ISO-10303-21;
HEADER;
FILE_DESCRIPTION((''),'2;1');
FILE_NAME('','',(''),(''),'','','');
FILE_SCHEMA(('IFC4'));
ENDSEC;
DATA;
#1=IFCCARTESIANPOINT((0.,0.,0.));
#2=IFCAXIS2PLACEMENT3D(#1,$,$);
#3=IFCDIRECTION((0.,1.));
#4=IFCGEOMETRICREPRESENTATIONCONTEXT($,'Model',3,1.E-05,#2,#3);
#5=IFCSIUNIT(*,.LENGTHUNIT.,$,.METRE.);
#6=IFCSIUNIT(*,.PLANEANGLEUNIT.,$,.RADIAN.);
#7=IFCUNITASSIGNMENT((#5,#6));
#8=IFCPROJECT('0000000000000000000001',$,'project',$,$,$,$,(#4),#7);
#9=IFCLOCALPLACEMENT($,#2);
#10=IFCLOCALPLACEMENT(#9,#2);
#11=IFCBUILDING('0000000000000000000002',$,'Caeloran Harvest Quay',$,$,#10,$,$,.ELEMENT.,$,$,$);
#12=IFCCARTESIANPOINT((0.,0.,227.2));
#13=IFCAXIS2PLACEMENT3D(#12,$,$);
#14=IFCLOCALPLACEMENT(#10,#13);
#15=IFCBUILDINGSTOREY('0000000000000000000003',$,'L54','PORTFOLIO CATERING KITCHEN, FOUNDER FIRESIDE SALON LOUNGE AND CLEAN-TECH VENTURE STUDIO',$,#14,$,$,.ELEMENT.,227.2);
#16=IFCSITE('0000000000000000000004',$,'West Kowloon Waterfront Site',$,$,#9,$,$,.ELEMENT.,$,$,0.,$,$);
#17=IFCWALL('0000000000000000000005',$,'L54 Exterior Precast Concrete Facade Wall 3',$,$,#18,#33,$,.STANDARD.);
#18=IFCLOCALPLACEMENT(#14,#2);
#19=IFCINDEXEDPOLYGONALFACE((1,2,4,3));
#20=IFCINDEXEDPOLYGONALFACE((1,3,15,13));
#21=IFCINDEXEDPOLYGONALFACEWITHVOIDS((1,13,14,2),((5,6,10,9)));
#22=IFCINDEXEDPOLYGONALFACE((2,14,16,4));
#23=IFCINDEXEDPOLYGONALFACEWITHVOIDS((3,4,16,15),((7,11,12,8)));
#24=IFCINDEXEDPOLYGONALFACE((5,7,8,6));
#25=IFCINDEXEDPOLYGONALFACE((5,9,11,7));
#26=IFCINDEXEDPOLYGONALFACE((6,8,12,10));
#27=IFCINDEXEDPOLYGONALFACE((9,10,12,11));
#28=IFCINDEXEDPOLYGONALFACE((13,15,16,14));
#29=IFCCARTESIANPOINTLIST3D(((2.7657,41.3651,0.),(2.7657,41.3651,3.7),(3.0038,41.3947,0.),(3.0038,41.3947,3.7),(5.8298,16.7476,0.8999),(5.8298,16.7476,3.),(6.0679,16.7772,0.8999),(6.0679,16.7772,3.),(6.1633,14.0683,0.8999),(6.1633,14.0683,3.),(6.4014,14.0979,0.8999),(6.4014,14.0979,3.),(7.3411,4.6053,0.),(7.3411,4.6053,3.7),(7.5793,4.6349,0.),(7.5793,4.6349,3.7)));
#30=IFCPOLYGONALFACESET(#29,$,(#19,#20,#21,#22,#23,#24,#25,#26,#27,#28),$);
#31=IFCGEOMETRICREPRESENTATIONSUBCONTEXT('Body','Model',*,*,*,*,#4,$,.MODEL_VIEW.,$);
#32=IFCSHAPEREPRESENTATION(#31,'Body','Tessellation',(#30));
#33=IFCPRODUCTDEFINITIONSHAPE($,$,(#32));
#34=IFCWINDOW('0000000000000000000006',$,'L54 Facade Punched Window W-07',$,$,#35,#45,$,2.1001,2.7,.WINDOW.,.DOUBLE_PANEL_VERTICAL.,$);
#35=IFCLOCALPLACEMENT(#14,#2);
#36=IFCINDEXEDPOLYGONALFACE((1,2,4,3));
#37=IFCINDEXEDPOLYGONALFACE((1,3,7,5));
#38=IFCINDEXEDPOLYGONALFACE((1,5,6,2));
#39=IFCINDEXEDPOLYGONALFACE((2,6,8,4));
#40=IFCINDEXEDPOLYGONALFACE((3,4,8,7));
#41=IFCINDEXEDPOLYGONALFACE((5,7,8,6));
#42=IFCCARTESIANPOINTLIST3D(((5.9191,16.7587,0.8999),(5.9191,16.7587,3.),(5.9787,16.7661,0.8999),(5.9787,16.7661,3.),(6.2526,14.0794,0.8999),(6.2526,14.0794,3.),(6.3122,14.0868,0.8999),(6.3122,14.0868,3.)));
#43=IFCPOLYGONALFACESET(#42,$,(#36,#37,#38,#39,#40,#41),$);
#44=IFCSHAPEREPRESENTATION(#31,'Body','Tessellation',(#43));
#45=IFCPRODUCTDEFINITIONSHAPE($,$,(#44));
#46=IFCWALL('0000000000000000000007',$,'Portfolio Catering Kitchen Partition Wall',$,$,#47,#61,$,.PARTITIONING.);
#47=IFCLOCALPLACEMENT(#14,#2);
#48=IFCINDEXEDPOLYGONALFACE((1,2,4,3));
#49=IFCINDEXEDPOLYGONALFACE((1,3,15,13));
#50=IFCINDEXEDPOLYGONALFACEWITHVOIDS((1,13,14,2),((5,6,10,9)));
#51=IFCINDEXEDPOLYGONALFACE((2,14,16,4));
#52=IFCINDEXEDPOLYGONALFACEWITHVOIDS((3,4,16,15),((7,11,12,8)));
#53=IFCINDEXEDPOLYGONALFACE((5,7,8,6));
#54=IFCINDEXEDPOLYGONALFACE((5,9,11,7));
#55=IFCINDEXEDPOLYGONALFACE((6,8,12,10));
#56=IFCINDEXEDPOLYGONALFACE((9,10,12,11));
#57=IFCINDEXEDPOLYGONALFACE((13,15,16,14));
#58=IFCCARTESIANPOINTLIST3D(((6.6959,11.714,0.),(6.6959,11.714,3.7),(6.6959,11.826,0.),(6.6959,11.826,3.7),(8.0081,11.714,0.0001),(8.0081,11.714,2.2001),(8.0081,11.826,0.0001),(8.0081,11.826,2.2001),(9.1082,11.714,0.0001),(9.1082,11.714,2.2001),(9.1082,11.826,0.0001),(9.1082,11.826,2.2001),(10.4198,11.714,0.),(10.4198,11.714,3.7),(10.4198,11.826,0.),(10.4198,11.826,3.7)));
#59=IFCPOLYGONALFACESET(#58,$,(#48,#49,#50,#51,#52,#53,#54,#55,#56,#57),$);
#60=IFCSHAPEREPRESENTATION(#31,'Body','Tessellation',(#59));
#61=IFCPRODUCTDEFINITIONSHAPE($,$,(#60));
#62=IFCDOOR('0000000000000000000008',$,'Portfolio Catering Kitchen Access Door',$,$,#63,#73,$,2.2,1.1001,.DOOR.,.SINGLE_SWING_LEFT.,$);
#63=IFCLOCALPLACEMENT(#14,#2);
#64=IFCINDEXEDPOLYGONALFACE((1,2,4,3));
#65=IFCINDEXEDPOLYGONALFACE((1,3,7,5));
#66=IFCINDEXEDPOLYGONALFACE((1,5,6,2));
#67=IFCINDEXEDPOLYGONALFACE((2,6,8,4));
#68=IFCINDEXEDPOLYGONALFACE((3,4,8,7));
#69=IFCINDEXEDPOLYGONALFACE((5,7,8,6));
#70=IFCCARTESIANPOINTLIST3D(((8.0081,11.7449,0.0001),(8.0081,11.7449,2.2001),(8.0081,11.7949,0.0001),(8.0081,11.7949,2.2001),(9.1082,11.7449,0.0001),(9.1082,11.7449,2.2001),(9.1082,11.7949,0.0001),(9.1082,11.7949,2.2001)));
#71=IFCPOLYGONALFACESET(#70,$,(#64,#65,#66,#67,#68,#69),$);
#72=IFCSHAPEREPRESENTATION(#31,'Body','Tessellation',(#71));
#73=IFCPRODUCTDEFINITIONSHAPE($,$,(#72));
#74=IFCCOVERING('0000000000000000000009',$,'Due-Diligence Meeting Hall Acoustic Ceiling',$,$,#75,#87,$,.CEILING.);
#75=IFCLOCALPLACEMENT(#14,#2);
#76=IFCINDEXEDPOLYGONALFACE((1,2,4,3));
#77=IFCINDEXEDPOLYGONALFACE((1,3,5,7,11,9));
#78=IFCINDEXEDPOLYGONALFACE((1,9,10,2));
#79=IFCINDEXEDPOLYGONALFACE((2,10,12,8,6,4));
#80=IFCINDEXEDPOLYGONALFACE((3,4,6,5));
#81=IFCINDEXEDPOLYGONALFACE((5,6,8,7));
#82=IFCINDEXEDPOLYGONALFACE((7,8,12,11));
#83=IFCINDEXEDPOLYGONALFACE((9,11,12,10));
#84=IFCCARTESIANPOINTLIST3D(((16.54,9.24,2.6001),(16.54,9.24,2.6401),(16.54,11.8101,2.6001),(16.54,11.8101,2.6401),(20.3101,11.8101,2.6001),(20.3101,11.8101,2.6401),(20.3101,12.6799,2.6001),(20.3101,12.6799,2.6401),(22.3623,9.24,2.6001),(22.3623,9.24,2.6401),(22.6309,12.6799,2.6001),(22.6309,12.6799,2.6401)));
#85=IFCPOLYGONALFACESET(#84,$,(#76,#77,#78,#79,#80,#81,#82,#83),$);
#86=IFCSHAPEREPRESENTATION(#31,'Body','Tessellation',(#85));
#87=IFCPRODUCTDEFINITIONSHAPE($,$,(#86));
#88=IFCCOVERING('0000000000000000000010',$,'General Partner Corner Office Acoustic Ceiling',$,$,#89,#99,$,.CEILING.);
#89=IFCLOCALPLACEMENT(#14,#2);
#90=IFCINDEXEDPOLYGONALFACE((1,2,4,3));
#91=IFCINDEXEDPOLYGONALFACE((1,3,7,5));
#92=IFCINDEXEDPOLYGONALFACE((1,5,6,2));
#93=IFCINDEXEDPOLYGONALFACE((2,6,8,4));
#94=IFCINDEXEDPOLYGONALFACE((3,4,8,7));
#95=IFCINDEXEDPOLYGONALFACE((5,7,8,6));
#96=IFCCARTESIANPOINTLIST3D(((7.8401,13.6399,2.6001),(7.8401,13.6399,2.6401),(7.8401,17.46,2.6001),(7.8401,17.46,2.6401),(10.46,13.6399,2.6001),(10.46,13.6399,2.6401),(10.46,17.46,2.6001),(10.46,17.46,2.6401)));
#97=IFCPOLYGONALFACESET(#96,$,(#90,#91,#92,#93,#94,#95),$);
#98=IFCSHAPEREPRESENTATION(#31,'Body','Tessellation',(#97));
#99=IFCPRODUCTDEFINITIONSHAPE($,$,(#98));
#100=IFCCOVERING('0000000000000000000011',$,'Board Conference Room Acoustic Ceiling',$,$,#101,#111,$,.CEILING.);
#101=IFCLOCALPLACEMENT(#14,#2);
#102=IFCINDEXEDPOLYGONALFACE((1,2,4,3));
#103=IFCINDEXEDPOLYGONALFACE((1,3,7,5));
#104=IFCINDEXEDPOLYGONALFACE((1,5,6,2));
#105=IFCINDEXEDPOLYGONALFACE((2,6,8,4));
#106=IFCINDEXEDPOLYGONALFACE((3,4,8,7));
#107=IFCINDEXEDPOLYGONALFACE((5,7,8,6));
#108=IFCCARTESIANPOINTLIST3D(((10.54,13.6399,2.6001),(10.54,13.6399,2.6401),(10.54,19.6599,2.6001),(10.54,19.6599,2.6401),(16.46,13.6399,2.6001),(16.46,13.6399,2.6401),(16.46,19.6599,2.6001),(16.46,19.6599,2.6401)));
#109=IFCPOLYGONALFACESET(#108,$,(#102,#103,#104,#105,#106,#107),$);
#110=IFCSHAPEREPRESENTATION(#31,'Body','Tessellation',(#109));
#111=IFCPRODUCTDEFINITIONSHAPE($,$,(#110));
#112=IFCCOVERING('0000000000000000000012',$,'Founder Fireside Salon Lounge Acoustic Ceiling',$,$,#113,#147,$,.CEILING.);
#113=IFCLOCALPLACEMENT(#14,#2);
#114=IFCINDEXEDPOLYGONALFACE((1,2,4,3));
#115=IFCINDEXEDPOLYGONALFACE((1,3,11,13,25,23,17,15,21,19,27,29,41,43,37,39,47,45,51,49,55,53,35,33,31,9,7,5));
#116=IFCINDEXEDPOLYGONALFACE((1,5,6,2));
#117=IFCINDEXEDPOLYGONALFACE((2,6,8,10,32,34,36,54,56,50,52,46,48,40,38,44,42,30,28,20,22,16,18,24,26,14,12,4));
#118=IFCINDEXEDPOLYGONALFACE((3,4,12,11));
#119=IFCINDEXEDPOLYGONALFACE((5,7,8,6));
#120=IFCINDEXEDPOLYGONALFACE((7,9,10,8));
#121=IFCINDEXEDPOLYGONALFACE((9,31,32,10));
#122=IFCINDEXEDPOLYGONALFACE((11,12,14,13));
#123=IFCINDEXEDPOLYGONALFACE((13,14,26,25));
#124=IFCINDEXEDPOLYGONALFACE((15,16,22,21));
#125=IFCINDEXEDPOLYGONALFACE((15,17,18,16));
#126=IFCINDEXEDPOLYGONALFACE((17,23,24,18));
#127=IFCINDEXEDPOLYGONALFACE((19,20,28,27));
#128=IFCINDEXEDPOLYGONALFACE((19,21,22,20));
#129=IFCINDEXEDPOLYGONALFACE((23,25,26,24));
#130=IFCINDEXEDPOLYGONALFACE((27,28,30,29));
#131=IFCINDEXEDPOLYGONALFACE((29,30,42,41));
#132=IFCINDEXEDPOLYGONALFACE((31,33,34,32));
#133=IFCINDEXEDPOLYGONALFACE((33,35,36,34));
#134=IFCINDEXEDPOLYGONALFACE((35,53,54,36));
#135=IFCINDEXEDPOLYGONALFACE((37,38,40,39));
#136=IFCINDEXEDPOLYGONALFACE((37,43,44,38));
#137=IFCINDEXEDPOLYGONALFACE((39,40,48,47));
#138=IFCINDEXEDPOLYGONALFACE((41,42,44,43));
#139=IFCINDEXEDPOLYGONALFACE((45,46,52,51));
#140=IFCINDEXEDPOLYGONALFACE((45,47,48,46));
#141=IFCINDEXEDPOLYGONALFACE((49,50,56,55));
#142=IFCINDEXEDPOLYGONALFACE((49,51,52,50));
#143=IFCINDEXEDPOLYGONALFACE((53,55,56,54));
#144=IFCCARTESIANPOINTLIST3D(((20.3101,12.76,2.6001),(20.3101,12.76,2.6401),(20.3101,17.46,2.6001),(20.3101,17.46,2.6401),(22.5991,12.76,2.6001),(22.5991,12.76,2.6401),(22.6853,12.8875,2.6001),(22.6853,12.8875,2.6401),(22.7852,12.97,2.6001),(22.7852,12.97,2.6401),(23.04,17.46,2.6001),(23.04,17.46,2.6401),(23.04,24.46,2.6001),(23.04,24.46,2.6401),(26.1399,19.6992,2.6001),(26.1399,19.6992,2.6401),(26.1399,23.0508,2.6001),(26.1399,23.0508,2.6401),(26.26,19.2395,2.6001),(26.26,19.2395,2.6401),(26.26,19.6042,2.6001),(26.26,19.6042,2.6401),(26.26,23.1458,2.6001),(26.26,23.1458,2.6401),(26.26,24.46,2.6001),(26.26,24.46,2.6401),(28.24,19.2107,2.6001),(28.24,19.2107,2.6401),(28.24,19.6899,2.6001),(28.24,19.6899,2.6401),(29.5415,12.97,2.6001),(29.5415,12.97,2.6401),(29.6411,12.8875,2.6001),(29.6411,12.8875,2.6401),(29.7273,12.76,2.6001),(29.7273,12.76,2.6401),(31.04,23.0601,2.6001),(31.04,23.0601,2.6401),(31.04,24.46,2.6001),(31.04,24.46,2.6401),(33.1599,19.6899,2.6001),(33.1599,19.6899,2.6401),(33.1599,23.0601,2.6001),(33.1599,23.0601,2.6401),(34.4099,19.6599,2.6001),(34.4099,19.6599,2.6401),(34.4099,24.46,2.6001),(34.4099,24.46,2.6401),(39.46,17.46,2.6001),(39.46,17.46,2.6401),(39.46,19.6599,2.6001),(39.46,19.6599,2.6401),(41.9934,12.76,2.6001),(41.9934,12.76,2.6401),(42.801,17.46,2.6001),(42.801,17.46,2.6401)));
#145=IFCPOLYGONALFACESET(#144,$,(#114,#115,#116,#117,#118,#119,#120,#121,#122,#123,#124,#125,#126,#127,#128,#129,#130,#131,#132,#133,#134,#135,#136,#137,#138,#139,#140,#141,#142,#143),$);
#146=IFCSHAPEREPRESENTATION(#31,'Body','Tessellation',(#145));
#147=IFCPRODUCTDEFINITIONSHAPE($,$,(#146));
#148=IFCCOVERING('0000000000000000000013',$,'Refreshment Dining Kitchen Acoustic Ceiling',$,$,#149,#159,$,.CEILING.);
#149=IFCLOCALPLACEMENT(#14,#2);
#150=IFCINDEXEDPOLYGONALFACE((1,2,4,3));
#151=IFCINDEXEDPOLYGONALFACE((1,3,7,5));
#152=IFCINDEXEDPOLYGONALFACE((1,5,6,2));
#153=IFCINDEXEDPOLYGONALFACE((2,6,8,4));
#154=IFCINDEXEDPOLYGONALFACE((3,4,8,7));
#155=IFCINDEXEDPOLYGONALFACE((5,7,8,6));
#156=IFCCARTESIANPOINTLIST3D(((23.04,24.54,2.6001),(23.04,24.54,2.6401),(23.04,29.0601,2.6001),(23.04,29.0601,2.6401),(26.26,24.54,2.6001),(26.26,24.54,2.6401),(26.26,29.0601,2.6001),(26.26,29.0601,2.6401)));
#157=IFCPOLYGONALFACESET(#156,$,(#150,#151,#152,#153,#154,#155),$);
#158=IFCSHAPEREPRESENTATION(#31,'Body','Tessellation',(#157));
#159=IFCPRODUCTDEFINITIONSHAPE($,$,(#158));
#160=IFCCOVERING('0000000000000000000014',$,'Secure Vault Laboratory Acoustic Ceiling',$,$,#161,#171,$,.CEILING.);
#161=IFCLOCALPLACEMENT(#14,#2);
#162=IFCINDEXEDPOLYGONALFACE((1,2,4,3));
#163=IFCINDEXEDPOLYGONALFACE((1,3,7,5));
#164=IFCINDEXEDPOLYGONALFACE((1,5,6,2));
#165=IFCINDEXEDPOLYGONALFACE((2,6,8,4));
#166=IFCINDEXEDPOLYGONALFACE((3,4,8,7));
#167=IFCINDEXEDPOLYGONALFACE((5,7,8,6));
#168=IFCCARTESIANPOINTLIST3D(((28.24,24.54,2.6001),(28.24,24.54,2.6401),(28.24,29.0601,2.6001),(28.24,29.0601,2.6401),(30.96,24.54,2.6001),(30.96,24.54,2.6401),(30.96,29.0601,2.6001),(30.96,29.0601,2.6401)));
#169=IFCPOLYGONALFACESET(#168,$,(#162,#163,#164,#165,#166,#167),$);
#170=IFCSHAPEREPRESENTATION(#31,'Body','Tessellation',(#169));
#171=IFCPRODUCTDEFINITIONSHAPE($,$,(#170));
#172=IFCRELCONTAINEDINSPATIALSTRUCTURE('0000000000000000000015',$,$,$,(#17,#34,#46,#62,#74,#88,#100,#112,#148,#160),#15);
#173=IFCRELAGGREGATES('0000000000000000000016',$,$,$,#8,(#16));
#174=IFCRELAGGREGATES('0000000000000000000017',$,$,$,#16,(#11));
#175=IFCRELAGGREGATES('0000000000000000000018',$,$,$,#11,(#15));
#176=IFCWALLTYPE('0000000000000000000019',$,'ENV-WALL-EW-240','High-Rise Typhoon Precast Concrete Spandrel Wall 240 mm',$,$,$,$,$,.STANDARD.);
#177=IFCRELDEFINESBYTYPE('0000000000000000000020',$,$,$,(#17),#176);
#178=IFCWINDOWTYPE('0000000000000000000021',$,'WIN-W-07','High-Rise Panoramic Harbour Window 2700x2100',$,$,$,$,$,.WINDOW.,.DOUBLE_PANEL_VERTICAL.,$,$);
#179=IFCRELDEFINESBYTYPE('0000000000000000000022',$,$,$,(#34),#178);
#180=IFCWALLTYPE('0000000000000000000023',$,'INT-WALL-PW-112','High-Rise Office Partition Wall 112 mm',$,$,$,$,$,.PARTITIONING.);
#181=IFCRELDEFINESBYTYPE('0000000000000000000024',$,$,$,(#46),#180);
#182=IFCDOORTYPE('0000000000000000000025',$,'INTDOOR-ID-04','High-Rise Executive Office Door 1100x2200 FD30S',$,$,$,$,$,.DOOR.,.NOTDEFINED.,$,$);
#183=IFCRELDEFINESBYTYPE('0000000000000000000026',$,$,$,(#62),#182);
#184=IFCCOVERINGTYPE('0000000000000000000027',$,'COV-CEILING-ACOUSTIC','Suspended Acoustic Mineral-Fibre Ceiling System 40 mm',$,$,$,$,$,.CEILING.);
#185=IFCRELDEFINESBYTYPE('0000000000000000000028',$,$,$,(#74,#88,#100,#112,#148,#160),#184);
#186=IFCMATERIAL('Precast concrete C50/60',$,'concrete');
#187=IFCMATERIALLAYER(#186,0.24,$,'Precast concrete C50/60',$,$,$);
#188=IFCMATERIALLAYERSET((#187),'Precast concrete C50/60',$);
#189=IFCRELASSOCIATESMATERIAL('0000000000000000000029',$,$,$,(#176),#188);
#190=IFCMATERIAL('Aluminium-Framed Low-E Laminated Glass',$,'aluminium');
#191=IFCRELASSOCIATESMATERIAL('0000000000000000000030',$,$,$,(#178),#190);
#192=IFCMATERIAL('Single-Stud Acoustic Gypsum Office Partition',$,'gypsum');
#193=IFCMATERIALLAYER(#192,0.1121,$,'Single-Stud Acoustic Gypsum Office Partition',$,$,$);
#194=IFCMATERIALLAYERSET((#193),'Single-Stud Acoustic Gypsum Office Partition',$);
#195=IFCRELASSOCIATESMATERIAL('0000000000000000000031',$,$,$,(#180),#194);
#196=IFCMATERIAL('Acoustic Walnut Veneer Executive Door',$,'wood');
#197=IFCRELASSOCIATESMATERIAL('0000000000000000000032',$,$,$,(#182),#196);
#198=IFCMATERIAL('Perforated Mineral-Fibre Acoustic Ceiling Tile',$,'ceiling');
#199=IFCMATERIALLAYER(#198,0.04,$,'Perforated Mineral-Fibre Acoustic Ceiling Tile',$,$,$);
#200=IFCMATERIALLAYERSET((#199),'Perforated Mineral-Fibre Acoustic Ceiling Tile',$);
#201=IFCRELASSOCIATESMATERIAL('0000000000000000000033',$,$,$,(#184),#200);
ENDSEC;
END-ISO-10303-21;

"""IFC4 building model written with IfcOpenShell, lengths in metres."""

from ifc_helpers import new_model, si_unit, direction, frame, frame_2d, origin, place, context, subcontext, project, spatial, polyline, rectangle, outline, extrude, material, layer, layer_set, type_object, element, fill, save


model = new_model("IFC4")

# Units and contexts
model_context = context("Model", 3, precision=1e-05, world=origin(), true_north=direction((0.0, 1.0)))
body_context = subcontext(model_context, "Body", "Model", "MODEL_VIEW")
ifc_project = project(units=[si_unit("LENGTHUNIT", "METRE"), si_unit("PLANEANGLEUNIT", "RADIAN")], contexts=[model_context])

# Site, building, storey
site_placement = place(None, origin())
site = spatial("IfcSite", under=ifc_project, at=site_placement, Name="West Kowloon Waterfront Site", CompositionType="ELEMENT", RefElevation=0.0)
building_placement = place(site_placement, origin())
building = spatial("IfcBuilding", under=site, at=building_placement, Name="Caeloran Harvest Quay", CompositionType="ELEMENT")
storey_placement = place(building_placement, frame((0.0, 0.0, 227.2)))
storey = spatial("IfcBuildingStorey", under=building, at=storey_placement, Name="L54", Description="PORTFOLIO CATERING KITCHEN, FOUNDER FIRESIDE SALON LOUNGE AND CLEAN-TECH VENTURE STUDIO", CompositionType="ELEMENT", Elevation=227.2)

# Wall, opening, window
ifc_material_1 = material(Name="Precast concrete C50/60", Category="concrete")
ifc_layer_1 = layer(ifc_material_1, 0.24, Name="Precast concrete C50/60")
ifc_layer_set_1 = layer_set([ifc_layer_1], Name="Precast concrete C50/60")
wall_type_1 = type_object("IfcWallType", Name="ENV-WALL-EW-240", Description="High-Rise Typhoon Precast Concrete Spandrel Wall 240 mm", PredefinedType="STANDARD", material=ifc_layer_set_1)
wall_1_placement = place(storey_placement, frame((7.4602, 4.6201, 0.0), z_axis=(0.0, 0.0, 1.0), x_axis=(-0.123516, 0.992343, 0.0)))
wall_1 = element("IfcWall", 1, at=wall_1_placement, inside=storey, type_object=wall_type_1, Name="L54 Exterior Precast Concrete Facade Wall 3", PredefinedType="STANDARD", context=body_context, shape_type="SweptSolid", body=[
    extrude(rectangle(XDim=37.0435, YDim=0.24, at=frame_2d((18.5217, 0.0))), origin(), (0.0, 0.0, 1.0), 3.7),
])
opening_1_placement = place(wall_1_placement, frame((9.5359, 0.0, 0.8999)))
opening_1 = element("IfcOpeningElement", 2, at=opening_1_placement, cuts=wall_1, PredefinedType="OPENING", context=body_context, shape_type="SweptSolid", body=[
    extrude(rectangle(XDim=2.7, YDim=2.1001, at=frame_2d((1.3501, 1.05))), frame((0.0, 0.1299, 0.0), z_axis=(0.0, -1.0, 0.0), x_axis=(1.0, 0.0, 0.0)), (0.0, 0.0, 1.0), 0.26),
])
ifc_material_2 = material(Name="Aluminium-Framed Low-E Laminated Glass", Category="aluminium")
window_type = type_object("IfcWindowType", Name="WIN-W-07", Description="High-Rise Panoramic Harbour Window 2700x2100", PartitioningType="DOUBLE_PANEL_VERTICAL", PredefinedType="WINDOW", material=ifc_material_2)
window_placement = place(opening_1_placement, origin())
window = element("IfcWindow", 3, at=window_placement, inside=storey, type_object=window_type, Name="L54 Facade Punched Window W-07", OverallHeight=2.1001, OverallWidth=2.7, PartitioningType="DOUBLE_PANEL_VERTICAL", PredefinedType="WINDOW", context=body_context, shape_type="SweptSolid", body=[
    extrude(rectangle(XDim=2.7, YDim=2.1001, at=frame_2d((1.3501, 1.05))), frame((0.0, 0.03, 0.0), z_axis=(0.0, -1.0, 0.0), x_axis=(1.0, 0.0, 0.0)), (0.0, 0.0, 1.0), 0.0601),
])
fill(opening_1, window)

# Wall, opening, door
ifc_material_3 = material(Name="Single-Stud Acoustic Gypsum Office Partition", Category="gypsum")
ifc_layer_2 = layer(ifc_material_3, 0.1121, Name="Single-Stud Acoustic Gypsum Office Partition")
ifc_layer_set_2 = layer_set([ifc_layer_2], Name="Single-Stud Acoustic Gypsum Office Partition")
wall_type_2 = type_object("IfcWallType", Name="INT-WALL-PW-112", Description="High-Rise Office Partition Wall 112 mm", PredefinedType="PARTITIONING", material=ifc_layer_set_2)
wall_2_placement = place(storey_placement, frame((6.696, 11.77, 0.0), z_axis=(0.0, 0.0, 1.0), x_axis=(1.0, 0.0, 0.0)))
wall_2 = element("IfcWall", 4, at=wall_2_placement, inside=storey, type_object=wall_type_2, Name="Portfolio Catering Kitchen Partition Wall", PredefinedType="PARTITIONING", context=body_context, shape_type="SweptSolid", body=[
    extrude(rectangle(XDim=3.7239, YDim=0.1121, at=frame_2d((1.8618, 0.0))), origin(), (0.0, 0.0, 1.0), 3.7),
])
opening_2_placement = place(wall_2_placement, frame((1.312, 0.0, 0.0)))
opening_2 = element("IfcOpeningElement", 5, at=opening_2_placement, cuts=wall_2, PredefinedType="OPENING", context=body_context, shape_type="SweptSolid", body=[
    extrude(rectangle(XDim=1.1001, YDim=2.2, at=frame_2d((0.55, 1.1001))), frame((0.0, 0.0659, 0.0), z_axis=(0.0, -1.0, 0.0), x_axis=(1.0, 0.0, 0.0)), (0.0, 0.0, 1.0), 0.1321),
])
ifc_material_4 = material(Name="Acoustic Walnut Veneer Executive Door", Category="wood")
door_type = type_object("IfcDoorType", Name="INTDOOR-ID-04", Description="High-Rise Executive Office Door 1100x2200 FD30S", OperationType="NOTDEFINED", PredefinedType="DOOR", material=ifc_material_4)
door_placement = place(opening_2_placement, origin())
door = element("IfcDoor", 6, at=door_placement, inside=storey, type_object=door_type, Name="Portfolio Catering Kitchen Access Door", OperationType="SINGLE_SWING_LEFT", OverallHeight=2.2, OverallWidth=1.1001, PredefinedType="DOOR", context=body_context, shape_type="SweptSolid", body=[
    extrude(rectangle(XDim=1.1001, YDim=2.2, at=frame_2d((0.55, 1.1001))), frame((0.0, 0.0249, 0.0), z_axis=(0.0, -1.0, 0.0), x_axis=(1.0, 0.0, 0.0)), (0.0, 0.0, 1.0), 0.05),
])
fill(opening_2, door)

# Coverings
ifc_material_5 = material(Name="Perforated Mineral-Fibre Acoustic Ceiling Tile", Category="ceiling")
ifc_layer_3 = layer(ifc_material_5, 0.04, Name="Perforated Mineral-Fibre Acoustic Ceiling Tile")
ifc_layer_set_3 = layer_set([ifc_layer_3], Name="Perforated Mineral-Fibre Acoustic Ceiling Tile")
covering_type_1 = type_object("IfcCoveringType", Name="COV-CEILING-ACOUSTIC", Description="Suspended Acoustic Mineral-Fibre Ceiling System 40 mm", PredefinedType="CEILING", material=ifc_layer_set_3)
covering_1_placement = place(storey_placement, frame((0.0, 0.0, 2.6001)))
element("IfcCovering", 7, at=covering_1_placement, inside=storey, type_object=covering_type_1, Name="Due-Diligence Meeting Hall Acoustic Ceiling", PredefinedType="CEILING", context=body_context, shape_type="SweptSolid", body=[
    extrude(outline(polyline([(20.3101, 11.8101), (20.3101, 12.6799), (22.6309, 12.6799), (22.3623, 9.24), (16.54, 9.24), (16.54, 11.8101), (20.3101, 11.8101)])), origin(), (0.0, 0.0, 1.0), 0.04),
])
covering_2_placement = place(storey_placement, frame((0.0, 0.0, 2.6001)))
element("IfcCovering", 8, at=covering_2_placement, inside=storey, type_object=covering_type_1, Name="General Partner Corner Office Acoustic Ceiling", PredefinedType="CEILING", context=body_context, shape_type="SweptSolid", body=[
    extrude(outline(polyline([(7.8401, 13.6399), (7.8401, 17.46), (10.46, 17.46), (10.46, 13.6399), (7.8401, 13.6399)])), origin(), (0.0, 0.0, 1.0), 0.04),
])
covering_3_placement = place(storey_placement, frame((0.0, 0.0, 2.6001)))
element("IfcCovering", 9, at=covering_3_placement, inside=storey, type_object=covering_type_1, Name="Board Conference Room Acoustic Ceiling", PredefinedType="CEILING", context=body_context, shape_type="SweptSolid", body=[
    extrude(outline(polyline([(16.46, 19.6599), (16.46, 13.6399), (10.54, 13.6399), (10.54, 19.6599), (16.46, 19.6599)])), origin(), (0.0, 0.0, 1.0), 0.04),
])
covering_4_placement = place(storey_placement, frame((0.0, 0.0, 2.6001)))
element("IfcCovering", 10, at=covering_4_placement, inside=storey, type_object=covering_type_1, Name="Founder Fireside Salon Lounge Acoustic Ceiling", PredefinedType="CEILING", context=body_context, shape_type="SweptSolid", body=[
    extrude(outline(polyline([(33.1599, 23.0601), (31.04, 23.0601), (31.04, 24.46), (34.4099, 24.46), (34.4099, 19.6599), (39.46, 19.6599), (39.46, 17.46), (42.801, 17.46), (41.9934, 12.76), (29.7273, 12.76), (29.6411, 12.8875), (29.5415, 12.97), (22.7852, 12.97), (22.6853, 12.8875), (22.5991, 12.76), (20.3101, 12.76), (20.3101, 17.46), (23.04, 17.46), (23.04, 24.46), (26.26, 24.46), (26.26, 23.1458), (26.1399, 23.0508), (26.1399, 19.6992), (26.26, 19.6042), (26.26, 19.2395), (28.24, 19.2107), (28.24, 19.6899), (33.1599, 19.6899), (33.1599, 23.0601)])), origin(), (0.0, 0.0, 1.0), 0.04),
])
covering_5_placement = place(storey_placement, frame((0.0, 0.0, 2.6001)))
element("IfcCovering", 11, at=covering_5_placement, inside=storey, type_object=covering_type_1, Name="Refreshment Dining Kitchen Acoustic Ceiling", PredefinedType="CEILING", context=body_context, shape_type="SweptSolid", body=[
    extrude(outline(polyline([(23.04, 29.0601), (26.26, 29.0601), (26.26, 24.54), (23.04, 24.54), (23.04, 29.0601)])), origin(), (0.0, 0.0, 1.0), 0.04),
])
covering_6_placement = place(storey_placement, frame((0.0, 0.0, 2.6001)))
element("IfcCovering", 12, at=covering_6_placement, inside=storey, type_object=covering_type_1, Name="Secure Vault Laboratory Acoustic Ceiling", PredefinedType="CEILING", context=body_context, shape_type="SweptSolid", body=[
    extrude(outline(polyline([(28.24, 24.54), (28.24, 29.0601), (30.96, 29.0601), (30.96, 24.54), (28.24, 24.54)])), origin(), (0.0, 0.0, 1.0), 0.04),
])

save(model, "model.ifc")
